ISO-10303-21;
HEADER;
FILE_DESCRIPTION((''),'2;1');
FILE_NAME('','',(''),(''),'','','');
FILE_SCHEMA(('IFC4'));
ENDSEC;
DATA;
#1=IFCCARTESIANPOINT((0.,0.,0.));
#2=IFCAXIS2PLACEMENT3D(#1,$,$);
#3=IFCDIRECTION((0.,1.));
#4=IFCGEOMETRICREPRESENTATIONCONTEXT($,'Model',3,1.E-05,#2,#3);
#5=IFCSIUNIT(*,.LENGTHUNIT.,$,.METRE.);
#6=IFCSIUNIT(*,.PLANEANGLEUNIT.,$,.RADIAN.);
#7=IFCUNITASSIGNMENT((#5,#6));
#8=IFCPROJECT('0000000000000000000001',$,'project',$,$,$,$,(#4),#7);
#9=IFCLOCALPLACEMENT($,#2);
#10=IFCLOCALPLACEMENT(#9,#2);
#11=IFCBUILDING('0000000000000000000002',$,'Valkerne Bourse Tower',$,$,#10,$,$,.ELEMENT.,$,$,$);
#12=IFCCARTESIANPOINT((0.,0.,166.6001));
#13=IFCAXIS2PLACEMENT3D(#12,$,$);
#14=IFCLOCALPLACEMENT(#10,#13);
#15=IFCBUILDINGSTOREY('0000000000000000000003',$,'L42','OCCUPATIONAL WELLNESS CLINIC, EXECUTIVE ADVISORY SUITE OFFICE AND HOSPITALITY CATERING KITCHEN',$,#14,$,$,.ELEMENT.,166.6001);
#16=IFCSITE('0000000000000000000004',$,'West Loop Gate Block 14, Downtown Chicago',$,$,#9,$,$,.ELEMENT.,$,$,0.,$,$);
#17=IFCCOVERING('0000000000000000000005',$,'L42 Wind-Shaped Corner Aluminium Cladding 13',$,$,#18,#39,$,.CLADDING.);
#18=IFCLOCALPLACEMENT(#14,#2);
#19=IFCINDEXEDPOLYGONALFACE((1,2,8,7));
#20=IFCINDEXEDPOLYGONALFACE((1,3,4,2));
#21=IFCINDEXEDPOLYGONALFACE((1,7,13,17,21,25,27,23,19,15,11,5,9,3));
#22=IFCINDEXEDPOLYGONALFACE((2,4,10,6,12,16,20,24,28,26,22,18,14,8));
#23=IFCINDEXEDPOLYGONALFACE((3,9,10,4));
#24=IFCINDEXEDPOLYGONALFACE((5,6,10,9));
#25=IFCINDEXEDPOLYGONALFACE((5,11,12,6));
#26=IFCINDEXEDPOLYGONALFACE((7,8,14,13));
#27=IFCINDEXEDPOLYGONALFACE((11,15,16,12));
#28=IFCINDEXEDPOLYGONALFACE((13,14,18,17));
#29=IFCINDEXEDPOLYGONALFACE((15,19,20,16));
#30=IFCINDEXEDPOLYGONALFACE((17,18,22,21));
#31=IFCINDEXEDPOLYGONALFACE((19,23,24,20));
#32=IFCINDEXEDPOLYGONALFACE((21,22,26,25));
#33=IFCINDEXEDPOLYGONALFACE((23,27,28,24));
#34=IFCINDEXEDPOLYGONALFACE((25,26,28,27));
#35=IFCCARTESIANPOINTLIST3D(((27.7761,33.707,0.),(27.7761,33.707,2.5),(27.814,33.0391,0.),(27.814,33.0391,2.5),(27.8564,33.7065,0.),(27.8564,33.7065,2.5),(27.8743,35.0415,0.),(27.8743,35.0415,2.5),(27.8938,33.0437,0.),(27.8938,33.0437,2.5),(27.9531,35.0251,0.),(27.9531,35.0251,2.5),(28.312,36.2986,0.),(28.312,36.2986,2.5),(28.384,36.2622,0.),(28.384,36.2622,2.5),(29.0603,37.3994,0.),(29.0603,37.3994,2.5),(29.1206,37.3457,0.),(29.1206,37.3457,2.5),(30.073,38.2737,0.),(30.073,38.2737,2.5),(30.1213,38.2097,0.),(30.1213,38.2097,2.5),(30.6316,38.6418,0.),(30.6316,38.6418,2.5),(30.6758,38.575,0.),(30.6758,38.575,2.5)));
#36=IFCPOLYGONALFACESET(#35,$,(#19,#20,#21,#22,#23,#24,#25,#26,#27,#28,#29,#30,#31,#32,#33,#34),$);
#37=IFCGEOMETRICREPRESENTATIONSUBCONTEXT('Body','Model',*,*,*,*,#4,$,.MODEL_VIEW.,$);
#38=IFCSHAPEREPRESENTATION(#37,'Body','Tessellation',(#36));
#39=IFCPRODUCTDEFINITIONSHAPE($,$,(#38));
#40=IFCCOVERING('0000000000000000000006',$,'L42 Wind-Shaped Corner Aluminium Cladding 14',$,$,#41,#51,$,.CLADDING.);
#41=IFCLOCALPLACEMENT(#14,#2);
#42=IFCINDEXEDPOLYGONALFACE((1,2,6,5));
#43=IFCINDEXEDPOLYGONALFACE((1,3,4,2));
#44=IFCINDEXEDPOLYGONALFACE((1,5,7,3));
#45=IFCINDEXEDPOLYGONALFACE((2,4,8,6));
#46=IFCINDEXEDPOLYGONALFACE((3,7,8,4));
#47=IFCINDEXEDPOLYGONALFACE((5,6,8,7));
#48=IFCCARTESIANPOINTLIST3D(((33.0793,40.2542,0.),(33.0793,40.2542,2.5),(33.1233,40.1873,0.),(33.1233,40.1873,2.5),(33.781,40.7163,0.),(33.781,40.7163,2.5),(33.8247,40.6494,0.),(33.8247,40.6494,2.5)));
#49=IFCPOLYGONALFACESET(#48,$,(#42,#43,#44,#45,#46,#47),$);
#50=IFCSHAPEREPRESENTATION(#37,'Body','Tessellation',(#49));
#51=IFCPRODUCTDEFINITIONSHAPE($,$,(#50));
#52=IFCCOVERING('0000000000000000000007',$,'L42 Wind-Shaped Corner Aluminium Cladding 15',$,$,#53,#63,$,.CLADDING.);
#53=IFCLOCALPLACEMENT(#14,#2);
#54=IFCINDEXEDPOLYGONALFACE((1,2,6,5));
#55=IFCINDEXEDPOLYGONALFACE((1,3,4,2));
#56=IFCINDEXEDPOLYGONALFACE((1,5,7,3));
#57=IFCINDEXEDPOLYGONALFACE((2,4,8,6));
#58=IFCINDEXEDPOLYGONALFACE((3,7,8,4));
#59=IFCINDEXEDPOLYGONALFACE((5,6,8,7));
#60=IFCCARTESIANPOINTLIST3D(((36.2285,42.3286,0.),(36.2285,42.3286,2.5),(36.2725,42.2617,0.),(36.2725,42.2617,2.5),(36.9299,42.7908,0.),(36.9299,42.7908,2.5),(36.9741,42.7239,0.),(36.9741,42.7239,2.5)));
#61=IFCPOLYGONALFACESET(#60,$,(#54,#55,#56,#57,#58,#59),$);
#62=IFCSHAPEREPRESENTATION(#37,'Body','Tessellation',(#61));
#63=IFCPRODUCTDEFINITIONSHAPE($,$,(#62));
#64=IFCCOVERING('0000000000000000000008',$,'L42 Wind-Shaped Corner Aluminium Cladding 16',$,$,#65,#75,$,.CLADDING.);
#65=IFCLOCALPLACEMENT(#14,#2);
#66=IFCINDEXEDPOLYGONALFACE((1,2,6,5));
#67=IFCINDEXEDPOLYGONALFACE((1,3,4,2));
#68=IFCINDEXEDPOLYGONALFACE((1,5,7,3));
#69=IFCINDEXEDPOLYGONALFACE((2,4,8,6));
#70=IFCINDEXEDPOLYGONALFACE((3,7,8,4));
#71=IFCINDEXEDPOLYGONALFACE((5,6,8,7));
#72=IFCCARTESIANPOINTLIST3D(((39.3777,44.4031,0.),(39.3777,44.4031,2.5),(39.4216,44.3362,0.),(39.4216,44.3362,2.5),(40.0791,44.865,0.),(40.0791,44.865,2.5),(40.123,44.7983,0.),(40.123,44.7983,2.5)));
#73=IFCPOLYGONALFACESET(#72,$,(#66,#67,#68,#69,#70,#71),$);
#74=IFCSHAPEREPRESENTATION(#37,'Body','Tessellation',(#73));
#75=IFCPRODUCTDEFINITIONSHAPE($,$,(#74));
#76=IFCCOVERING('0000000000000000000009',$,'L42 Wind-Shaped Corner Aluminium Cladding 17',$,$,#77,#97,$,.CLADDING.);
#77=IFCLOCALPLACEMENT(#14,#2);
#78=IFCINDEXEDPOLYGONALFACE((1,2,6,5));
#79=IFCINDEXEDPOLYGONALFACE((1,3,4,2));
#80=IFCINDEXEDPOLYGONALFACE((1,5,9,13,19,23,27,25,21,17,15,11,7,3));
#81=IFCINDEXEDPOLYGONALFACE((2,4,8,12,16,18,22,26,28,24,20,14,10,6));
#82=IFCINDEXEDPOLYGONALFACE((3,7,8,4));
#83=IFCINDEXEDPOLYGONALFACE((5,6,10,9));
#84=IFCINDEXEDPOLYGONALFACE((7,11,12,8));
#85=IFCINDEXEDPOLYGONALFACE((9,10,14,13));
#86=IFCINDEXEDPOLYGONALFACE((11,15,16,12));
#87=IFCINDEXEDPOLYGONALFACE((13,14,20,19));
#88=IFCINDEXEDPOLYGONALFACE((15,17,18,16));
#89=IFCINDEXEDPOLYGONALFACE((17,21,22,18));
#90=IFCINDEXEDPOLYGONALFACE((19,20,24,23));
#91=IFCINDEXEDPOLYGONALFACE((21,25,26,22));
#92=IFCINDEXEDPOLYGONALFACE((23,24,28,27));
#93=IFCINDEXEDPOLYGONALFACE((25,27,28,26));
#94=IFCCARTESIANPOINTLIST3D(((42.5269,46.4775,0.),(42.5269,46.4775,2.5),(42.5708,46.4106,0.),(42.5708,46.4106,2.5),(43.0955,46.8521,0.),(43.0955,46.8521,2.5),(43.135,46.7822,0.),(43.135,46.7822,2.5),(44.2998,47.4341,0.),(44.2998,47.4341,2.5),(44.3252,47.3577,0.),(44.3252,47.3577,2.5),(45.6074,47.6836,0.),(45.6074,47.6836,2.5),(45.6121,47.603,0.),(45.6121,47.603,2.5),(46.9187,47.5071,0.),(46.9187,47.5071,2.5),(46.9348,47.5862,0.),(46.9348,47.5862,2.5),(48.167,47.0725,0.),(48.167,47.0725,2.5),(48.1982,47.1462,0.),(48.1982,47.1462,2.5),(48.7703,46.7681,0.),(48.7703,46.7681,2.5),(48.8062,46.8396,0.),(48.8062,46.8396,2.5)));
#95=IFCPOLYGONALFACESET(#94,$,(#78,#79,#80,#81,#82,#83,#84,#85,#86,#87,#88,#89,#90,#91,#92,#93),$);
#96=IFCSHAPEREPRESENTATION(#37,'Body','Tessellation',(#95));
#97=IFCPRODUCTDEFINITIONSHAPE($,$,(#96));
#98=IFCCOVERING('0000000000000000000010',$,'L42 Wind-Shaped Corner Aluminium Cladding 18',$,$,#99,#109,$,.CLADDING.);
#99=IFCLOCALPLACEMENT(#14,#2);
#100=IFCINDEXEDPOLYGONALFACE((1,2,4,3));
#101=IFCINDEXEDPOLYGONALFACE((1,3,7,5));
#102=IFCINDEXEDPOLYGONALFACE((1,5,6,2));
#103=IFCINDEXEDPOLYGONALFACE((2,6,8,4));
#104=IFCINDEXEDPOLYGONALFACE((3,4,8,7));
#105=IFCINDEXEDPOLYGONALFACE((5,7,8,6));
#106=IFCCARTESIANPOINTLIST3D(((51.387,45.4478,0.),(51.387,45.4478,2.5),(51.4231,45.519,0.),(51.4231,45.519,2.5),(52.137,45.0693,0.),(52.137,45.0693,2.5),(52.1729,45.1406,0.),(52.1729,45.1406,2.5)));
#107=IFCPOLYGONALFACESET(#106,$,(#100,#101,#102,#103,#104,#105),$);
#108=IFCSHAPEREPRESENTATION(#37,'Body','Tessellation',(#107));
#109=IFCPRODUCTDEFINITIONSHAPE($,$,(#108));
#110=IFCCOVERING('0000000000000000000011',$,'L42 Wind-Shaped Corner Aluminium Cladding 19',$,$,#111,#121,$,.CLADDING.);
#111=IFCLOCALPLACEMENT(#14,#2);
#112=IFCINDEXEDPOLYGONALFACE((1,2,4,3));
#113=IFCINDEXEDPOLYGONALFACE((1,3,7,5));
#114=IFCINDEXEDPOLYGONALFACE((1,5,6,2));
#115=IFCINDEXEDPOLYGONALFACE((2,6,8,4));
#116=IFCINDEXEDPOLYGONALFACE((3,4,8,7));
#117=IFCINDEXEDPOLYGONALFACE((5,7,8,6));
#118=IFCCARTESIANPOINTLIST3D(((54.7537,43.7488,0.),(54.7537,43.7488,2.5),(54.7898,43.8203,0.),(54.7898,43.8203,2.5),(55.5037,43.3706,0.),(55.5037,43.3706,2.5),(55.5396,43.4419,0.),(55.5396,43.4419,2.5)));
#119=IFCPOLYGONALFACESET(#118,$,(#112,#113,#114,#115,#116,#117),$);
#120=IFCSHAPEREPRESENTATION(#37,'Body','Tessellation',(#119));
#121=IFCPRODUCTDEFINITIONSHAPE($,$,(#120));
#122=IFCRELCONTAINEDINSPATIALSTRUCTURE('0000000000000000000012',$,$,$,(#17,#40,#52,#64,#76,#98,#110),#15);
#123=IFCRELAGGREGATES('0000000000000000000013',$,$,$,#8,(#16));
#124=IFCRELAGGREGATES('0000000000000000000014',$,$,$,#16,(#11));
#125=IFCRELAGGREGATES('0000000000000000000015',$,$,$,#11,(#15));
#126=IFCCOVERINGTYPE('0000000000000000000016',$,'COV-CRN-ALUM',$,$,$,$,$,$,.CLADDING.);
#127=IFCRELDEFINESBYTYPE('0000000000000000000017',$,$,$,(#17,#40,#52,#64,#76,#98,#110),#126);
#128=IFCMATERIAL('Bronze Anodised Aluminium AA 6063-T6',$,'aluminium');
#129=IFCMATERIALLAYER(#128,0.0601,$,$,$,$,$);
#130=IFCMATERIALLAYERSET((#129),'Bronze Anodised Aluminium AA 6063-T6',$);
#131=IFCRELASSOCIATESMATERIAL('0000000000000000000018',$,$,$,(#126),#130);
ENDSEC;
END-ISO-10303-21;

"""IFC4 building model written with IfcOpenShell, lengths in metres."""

from ifc_helpers import new_model, si_unit, direction, frame, origin, place, context, subcontext, project, spatial, polyline, outline, extrude, material, layer, layer_set, type_object, element, save


model = new_model("IFC4")

# Units and contexts
model_context = context("Model", 3, precision=1e-05, world=origin(), true_north=direction((0.0, 1.0)))
body_context = subcontext(model_context, "Body", "Model", "MODEL_VIEW")
ifc_project = project(units=[si_unit("LENGTHUNIT", "METRE"), si_unit("PLANEANGLEUNIT", "RADIAN")], contexts=[model_context])

# Site, building, storey
site_placement = place(None, origin())
site = spatial("IfcSite", under=ifc_project, at=site_placement, Name="West Loop Gate Block 14, Downtown Chicago", CompositionType="ELEMENT", RefElevation=0.0)
building_placement = place(site_placement, origin())
building = spatial("IfcBuilding", under=site, at=building_placement, Name="Valkerne Bourse Tower", CompositionType="ELEMENT")
storey_placement = place(building_placement, frame((0.0, 0.0, 166.6001)))
storey = spatial("IfcBuildingStorey", under=building, at=storey_placement, Name="L42", Description="OCCUPATIONAL WELLNESS CLINIC, EXECUTIVE ADVISORY SUITE OFFICE AND HOSPITALITY CATERING KITCHEN", CompositionType="ELEMENT", Elevation=166.6001)

# Coverings
ifc_material_1 = material(Name="Bronze Anodised Aluminium AA 6063-T6", Category="aluminium")
ifc_layer_1 = layer(ifc_material_1, 0.0601)
ifc_layer_set_1 = layer_set([ifc_layer_1], Name="Bronze Anodised Aluminium AA 6063-T6")
covering_type = type_object("IfcCoveringType", Name="COV-CRN-ALUM", PredefinedType="CLADDING", material=ifc_layer_set_1)
covering_1_placement = place(storey_placement, origin())
element("IfcCovering", 1, at=covering_1_placement, inside=storey, type_object=covering_type, Name="L42 Wind-Shaped Corner Aluminium Cladding 13", PredefinedType="CLADDING", context=body_context, shape_type="SweptSolid", body=[
    extrude(outline(polyline([(27.7761, 33.707), (27.8743, 35.0415), (28.312, 36.2986), (29.0603, 37.3994), (30.073, 38.2737), (30.6316, 38.6418), (30.6758, 38.575), (30.1213, 38.2097), (29.1206, 37.3457), (28.384, 36.2622), (27.9531, 35.0251), (27.8564, 33.7065), (27.8938, 33.0437), (27.814, 33.0391), (27.7761, 33.707)])), origin(), (0.0, 0.0, 1.0), 2.5),
])
covering_2_placement = place(storey_placement, origin())
element("IfcCovering", 2, at=covering_2_placement, inside=storey, type_object=covering_type, Name="L42 Wind-Shaped Corner Aluminium Cladding 14", PredefinedType="CLADDING", context=body_context, shape_type="SweptSolid", body=[
    extrude(outline(polyline([(33.781, 40.7163), (33.8247, 40.6494), (33.1233, 40.1873), (33.0793, 40.2542), (33.781, 40.7163)])), origin(), (0.0, 0.0, 1.0), 2.5),
])
covering_3_placement = place(storey_placement, origin())
element("IfcCovering", 3, at=covering_3_placement, inside=storey, type_object=covering_type, Name="L42 Wind-Shaped Corner Aluminium Cladding 15", PredefinedType="CLADDING", context=body_context, shape_type="SweptSolid", body=[
    extrude(outline(polyline([(36.9299, 42.7908), (36.9741, 42.7239), (36.2725, 42.2617), (36.2285, 42.3286), (36.9299, 42.7908)])), origin(), (0.0, 0.0, 1.0), 2.5),
])
covering_4_placement = place(storey_placement, origin())
element("IfcCovering", 4, at=covering_4_placement, inside=storey, type_object=covering_type, Name="L42 Wind-Shaped Corner Aluminium Cladding 16", PredefinedType="CLADDING", context=body_context, shape_type="SweptSolid", body=[
    extrude(outline(polyline([(40.0791, 44.865), (40.123, 44.7983), (39.4216, 44.3362), (39.3777, 44.4031), (40.0791, 44.865)])), origin(), (0.0, 0.0, 1.0), 2.5),
])
covering_5_placement = place(storey_placement, origin())
element("IfcCovering", 5, at=covering_5_placement, inside=storey, type_object=covering_type, Name="L42 Wind-Shaped Corner Aluminium Cladding 17", PredefinedType="CLADDING", context=body_context, shape_type="SweptSolid", body=[
    extrude(outline(polyline([(43.0955, 46.8521), (44.2998, 47.4341), (45.6074, 47.6836), (46.9348, 47.5862), (48.1982, 47.1462), (48.8062, 46.8396), (48.7703, 46.7681), (48.167, 47.0725), (46.9187, 47.5071), (45.6121, 47.603), (44.3252, 47.3577), (43.135, 46.7822), (42.5708, 46.4106), (42.5269, 46.4775), (43.0955, 46.8521)])), origin(), (0.0, 0.0, 1.0), 2.5),
])
covering_6_placement = place(storey_placement, origin())
element("IfcCovering", 6, at=covering_6_placement, inside=storey, type_object=covering_type, Name="L42 Wind-Shaped Corner Aluminium Cladding 18", PredefinedType="CLADDING", context=body_context, shape_type="SweptSolid", body=[
    extrude(outline(polyline([(52.1729, 45.1406), (52.137, 45.0693), (51.387, 45.4478), (51.4231, 45.519), (52.1729, 45.1406)])), origin(), (0.0, 0.0, 1.0), 2.5),
])
covering_7_placement = place(storey_placement, origin())
element("IfcCovering", 7, at=covering_7_placement, inside=storey, type_object=covering_type, Name="L42 Wind-Shaped Corner Aluminium Cladding 19", PredefinedType="CLADDING", context=body_context, shape_type="SweptSolid", body=[
    extrude(outline(polyline([(55.5396, 43.4419), (55.5037, 43.3706), (54.7537, 43.7488), (54.7898, 43.8203), (55.5396, 43.4419)])), origin(), (0.0, 0.0, 1.0), 2.5),
])

save(model, "model.ifc")
